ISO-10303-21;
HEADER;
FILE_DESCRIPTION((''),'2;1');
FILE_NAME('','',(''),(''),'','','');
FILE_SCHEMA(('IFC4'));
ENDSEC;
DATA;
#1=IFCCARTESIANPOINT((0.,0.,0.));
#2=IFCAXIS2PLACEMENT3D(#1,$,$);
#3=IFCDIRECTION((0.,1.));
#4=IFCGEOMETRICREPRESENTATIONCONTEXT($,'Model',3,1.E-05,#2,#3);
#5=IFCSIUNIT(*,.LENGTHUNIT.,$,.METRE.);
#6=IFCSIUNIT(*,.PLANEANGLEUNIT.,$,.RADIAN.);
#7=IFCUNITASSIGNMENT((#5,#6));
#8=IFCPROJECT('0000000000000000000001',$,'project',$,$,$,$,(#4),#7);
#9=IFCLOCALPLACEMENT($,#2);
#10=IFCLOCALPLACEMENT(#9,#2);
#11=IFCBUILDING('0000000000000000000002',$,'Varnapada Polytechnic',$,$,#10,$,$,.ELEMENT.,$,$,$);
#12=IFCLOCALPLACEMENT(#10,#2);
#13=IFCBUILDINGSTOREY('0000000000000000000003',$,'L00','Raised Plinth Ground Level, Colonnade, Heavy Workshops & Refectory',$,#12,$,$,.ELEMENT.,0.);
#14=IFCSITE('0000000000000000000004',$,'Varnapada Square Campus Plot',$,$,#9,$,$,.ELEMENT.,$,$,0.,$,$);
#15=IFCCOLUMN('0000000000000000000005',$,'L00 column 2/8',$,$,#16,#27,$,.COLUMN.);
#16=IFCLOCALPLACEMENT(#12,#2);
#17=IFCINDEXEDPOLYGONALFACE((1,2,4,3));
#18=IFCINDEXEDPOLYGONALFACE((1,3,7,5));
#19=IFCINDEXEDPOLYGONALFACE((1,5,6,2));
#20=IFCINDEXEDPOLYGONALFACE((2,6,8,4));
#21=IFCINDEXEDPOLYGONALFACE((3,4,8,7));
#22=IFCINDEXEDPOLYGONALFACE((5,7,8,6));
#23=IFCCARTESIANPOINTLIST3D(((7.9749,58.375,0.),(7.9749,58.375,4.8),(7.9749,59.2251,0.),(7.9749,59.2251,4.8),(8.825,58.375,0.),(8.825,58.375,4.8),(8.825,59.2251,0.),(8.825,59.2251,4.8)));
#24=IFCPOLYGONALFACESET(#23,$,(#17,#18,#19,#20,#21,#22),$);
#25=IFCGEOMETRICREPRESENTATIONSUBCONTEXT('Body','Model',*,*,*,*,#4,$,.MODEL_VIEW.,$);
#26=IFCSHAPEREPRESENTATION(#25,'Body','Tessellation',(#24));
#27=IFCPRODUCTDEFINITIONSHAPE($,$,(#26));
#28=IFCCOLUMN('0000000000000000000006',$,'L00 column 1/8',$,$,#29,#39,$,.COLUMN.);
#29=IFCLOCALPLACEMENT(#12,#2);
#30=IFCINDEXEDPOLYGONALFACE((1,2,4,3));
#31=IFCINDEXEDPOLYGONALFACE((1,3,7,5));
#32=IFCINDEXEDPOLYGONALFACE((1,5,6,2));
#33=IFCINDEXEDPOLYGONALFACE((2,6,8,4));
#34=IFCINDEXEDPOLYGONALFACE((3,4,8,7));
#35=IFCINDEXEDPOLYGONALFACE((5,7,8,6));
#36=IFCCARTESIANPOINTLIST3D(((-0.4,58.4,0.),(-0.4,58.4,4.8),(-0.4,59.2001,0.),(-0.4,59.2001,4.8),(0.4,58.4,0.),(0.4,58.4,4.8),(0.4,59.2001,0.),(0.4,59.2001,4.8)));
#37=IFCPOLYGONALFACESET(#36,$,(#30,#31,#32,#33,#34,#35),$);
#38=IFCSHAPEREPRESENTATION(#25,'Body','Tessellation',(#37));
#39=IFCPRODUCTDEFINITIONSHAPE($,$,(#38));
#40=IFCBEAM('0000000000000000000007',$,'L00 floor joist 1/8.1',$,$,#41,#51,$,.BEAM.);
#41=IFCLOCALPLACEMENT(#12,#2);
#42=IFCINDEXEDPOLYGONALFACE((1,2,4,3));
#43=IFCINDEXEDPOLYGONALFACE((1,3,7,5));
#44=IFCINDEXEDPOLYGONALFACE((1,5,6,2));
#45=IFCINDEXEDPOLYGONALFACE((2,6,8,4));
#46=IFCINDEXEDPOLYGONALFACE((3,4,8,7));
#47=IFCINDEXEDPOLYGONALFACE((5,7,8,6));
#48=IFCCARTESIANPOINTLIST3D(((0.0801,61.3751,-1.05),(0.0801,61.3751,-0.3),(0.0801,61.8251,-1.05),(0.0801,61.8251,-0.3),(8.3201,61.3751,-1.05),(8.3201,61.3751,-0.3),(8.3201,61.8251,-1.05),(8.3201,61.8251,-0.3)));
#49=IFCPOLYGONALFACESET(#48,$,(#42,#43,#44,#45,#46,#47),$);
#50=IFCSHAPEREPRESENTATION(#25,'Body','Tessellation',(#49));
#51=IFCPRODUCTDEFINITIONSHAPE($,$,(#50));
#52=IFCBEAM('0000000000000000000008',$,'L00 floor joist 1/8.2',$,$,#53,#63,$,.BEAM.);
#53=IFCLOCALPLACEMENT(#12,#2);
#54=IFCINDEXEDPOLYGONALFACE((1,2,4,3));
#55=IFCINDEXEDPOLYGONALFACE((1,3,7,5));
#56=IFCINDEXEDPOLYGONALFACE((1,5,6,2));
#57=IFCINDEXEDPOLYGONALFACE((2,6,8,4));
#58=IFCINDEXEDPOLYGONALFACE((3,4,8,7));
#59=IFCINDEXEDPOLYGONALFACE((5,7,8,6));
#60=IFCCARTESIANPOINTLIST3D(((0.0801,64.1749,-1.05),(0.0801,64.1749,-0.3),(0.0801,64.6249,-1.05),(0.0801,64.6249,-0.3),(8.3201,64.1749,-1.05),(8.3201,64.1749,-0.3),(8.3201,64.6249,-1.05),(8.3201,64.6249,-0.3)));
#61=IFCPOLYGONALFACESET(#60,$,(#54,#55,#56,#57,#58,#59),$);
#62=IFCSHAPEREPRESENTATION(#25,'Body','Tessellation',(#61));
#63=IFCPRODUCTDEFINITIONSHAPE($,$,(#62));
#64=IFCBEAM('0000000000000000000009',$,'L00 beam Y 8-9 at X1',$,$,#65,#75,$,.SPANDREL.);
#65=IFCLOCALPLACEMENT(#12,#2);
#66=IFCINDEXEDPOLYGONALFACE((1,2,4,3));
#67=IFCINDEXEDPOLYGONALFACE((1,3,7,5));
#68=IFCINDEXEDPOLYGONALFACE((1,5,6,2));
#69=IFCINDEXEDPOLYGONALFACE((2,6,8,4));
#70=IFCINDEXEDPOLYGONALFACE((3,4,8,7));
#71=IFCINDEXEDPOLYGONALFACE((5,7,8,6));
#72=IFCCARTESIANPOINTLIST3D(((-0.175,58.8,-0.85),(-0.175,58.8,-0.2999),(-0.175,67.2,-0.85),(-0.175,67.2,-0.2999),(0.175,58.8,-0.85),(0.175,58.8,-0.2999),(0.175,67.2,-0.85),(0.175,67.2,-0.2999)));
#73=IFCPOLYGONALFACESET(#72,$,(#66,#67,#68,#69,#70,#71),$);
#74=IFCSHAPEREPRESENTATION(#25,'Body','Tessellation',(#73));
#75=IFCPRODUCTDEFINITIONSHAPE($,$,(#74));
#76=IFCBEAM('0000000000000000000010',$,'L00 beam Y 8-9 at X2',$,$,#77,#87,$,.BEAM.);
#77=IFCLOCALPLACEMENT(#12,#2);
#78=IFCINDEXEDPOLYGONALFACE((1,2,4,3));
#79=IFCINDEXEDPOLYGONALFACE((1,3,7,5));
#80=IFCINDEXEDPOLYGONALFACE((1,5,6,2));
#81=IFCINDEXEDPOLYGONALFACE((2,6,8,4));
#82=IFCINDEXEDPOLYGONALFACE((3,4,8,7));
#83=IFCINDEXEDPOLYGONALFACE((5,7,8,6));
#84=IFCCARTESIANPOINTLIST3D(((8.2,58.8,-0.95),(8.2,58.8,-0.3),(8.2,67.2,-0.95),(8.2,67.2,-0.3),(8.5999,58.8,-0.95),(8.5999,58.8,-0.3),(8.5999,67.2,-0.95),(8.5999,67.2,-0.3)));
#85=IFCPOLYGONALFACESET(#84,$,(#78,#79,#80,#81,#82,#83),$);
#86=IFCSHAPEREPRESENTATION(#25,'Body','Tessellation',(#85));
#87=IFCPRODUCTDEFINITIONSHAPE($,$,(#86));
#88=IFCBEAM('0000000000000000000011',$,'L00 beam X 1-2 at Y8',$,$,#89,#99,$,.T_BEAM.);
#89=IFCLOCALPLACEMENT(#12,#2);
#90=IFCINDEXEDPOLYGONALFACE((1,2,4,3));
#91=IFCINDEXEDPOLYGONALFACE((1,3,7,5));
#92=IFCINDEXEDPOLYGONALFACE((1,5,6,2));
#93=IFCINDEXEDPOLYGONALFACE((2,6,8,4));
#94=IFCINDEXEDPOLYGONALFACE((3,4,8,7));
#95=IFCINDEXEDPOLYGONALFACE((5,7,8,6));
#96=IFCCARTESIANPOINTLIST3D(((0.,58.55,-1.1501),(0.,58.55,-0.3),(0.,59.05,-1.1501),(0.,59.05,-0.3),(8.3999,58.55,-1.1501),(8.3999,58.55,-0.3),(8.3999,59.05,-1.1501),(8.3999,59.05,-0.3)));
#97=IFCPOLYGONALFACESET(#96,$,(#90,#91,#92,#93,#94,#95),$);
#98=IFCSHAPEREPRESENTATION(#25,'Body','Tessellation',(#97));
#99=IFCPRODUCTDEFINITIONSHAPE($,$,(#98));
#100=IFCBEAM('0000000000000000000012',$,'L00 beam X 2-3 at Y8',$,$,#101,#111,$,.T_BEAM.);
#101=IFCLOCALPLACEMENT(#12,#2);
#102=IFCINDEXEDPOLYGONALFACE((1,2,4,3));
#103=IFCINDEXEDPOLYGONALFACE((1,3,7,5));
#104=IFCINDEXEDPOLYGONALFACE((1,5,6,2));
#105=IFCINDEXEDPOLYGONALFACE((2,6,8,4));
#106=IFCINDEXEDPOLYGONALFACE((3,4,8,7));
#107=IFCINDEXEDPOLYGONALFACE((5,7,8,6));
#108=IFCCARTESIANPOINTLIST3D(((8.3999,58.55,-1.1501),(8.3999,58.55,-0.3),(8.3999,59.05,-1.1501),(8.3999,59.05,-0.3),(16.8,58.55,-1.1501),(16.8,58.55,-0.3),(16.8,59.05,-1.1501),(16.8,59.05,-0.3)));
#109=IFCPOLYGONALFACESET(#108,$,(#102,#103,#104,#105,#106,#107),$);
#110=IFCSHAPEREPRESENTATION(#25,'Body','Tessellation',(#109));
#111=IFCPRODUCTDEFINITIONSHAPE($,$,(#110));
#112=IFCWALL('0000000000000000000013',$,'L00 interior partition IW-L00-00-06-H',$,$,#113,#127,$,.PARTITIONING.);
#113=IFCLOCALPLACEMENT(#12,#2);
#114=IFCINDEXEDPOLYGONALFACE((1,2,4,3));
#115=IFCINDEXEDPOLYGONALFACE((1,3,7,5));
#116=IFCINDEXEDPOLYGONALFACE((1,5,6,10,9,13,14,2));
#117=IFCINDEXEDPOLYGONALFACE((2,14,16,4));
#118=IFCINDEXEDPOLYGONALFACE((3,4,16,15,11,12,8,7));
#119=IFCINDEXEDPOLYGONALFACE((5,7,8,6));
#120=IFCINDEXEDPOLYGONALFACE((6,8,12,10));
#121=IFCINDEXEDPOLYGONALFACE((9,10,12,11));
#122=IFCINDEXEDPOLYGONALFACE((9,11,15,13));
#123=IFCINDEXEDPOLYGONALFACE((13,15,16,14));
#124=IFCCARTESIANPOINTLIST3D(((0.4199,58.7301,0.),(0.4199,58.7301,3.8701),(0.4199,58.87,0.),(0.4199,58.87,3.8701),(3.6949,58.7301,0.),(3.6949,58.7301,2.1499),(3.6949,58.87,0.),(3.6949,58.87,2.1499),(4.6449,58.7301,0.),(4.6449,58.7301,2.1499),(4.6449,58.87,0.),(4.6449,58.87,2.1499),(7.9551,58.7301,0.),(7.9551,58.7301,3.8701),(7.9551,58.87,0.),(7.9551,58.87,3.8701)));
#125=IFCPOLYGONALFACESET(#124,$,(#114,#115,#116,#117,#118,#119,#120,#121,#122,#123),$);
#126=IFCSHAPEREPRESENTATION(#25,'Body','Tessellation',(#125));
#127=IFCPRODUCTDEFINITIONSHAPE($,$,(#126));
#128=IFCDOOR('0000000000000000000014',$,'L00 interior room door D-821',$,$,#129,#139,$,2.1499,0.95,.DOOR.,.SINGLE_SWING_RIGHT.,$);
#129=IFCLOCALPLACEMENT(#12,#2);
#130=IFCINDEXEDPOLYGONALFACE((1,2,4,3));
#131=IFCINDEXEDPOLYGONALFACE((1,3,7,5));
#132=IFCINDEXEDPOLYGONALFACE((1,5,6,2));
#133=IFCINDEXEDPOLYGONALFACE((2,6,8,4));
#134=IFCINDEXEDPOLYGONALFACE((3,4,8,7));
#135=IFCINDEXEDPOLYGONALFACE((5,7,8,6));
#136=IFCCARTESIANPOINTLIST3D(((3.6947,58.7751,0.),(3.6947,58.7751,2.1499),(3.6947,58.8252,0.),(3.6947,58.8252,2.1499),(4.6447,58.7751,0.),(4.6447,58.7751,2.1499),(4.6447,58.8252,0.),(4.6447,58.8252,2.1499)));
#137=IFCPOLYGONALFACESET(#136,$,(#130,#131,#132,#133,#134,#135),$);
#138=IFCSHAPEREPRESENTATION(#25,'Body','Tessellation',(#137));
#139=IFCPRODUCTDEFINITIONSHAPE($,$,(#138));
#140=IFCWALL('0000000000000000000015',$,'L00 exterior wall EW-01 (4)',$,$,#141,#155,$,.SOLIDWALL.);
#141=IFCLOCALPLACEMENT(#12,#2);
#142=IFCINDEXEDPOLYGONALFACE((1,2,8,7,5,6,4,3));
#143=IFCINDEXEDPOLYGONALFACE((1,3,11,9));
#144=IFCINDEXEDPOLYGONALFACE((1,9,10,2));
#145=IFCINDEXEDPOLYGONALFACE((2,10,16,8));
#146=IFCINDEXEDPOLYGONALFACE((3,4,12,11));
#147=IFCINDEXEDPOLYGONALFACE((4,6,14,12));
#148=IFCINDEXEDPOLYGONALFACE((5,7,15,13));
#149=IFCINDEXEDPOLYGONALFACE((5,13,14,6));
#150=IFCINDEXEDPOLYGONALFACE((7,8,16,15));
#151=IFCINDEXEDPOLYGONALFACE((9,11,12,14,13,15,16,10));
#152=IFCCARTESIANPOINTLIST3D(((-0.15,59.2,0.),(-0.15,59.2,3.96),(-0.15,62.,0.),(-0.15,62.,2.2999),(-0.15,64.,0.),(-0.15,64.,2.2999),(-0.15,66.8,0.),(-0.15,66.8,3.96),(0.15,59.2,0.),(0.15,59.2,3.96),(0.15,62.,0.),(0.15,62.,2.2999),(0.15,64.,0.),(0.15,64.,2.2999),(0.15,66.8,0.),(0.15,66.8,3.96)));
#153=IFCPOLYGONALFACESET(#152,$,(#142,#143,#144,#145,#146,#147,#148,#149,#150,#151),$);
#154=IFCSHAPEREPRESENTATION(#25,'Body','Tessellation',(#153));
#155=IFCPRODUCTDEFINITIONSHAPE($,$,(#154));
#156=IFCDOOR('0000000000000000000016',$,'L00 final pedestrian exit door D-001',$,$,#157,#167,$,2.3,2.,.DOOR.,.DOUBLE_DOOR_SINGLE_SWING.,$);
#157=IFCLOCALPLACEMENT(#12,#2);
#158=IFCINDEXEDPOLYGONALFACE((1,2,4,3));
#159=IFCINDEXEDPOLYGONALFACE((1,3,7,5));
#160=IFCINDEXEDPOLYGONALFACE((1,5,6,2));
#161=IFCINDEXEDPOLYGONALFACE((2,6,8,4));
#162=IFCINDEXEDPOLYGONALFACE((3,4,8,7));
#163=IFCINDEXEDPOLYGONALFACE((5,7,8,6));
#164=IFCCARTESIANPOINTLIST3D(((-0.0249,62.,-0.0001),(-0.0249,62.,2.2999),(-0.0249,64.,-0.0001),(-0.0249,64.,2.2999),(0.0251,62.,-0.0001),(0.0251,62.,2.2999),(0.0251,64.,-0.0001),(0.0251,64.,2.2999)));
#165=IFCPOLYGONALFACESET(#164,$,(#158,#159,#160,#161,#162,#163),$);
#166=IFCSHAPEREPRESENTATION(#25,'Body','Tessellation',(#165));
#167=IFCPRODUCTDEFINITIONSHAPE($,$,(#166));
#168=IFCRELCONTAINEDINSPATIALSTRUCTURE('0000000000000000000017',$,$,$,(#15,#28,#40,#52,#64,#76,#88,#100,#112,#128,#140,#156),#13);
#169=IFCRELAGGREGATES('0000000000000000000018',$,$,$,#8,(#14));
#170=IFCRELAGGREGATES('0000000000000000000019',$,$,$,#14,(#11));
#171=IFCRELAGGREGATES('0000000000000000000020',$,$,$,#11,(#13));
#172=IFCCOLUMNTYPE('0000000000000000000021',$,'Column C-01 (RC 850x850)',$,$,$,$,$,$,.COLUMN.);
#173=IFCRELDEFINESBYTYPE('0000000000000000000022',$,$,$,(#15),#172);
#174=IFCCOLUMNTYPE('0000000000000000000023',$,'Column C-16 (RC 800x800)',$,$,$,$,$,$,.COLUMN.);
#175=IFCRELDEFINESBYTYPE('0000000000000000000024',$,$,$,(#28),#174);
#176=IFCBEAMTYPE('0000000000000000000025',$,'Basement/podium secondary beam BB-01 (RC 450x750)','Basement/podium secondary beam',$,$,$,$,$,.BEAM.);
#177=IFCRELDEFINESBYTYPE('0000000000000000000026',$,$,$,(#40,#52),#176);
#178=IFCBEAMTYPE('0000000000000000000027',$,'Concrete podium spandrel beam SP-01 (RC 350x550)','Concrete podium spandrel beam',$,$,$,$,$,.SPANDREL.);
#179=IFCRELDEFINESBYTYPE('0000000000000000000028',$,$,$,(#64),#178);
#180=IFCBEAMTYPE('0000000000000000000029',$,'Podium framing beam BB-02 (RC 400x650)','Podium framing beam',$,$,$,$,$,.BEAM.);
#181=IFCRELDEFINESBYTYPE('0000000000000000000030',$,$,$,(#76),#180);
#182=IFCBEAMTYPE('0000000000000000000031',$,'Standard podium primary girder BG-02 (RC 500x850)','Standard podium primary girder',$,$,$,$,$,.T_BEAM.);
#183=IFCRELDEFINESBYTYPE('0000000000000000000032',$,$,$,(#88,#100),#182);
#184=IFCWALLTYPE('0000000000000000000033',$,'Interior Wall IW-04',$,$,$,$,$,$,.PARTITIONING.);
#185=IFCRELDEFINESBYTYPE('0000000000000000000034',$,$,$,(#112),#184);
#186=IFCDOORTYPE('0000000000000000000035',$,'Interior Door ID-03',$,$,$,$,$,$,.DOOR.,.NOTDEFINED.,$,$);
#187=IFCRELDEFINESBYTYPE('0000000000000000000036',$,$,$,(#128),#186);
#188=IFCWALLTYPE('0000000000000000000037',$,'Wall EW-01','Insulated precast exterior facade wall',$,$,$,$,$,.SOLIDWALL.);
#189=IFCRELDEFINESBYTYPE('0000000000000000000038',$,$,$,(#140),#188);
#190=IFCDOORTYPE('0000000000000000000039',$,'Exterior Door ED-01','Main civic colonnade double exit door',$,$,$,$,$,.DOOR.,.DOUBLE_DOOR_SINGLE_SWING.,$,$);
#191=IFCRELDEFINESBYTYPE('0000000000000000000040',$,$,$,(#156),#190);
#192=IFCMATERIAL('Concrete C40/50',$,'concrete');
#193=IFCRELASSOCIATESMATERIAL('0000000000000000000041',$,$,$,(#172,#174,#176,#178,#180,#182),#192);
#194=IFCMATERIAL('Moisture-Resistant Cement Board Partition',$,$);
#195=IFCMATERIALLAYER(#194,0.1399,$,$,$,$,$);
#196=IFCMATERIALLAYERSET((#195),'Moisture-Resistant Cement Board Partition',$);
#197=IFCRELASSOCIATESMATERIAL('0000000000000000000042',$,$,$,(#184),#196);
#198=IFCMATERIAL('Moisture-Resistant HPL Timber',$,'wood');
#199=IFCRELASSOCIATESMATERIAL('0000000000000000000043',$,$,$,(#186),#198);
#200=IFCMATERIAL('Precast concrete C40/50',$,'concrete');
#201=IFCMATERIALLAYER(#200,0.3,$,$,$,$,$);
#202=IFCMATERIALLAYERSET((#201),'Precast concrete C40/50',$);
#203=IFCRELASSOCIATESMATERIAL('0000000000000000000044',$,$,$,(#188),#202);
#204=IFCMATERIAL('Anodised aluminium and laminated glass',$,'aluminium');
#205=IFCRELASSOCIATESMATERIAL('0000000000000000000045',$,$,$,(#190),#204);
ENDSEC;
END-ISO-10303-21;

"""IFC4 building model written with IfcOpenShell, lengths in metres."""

from ifc_helpers import new_model, si_unit, direction, frame, frame_2d, origin, origin_2d, place, context, subcontext, project, spatial, rectangle, extrude, material, layer, layer_set, material_profile, profile_set, type_object, element, fill, save


model = new_model("IFC4")

# Units and contexts
model_context = context("Model", 3, precision=1e-05, world=origin(), true_north=direction((0.0, 1.0)))
body_context = subcontext(model_context, "Body", "Model", "MODEL_VIEW")
ifc_project = project(units=[si_unit("LENGTHUNIT", "METRE"), si_unit("PLANEANGLEUNIT", "RADIAN")], contexts=[model_context])

# Site, building, storey
site_placement = place(None, origin())
site = spatial("IfcSite", under=ifc_project, at=site_placement, Name="Varnapada Square Campus Plot", CompositionType="ELEMENT", RefElevation=0.0)
building_placement = place(site_placement, origin())
building = spatial("IfcBuilding", under=site, at=building_placement, Name="Varnapada Polytechnic", CompositionType="ELEMENT")
storey_placement = place(building_placement, origin())
storey = spatial("IfcBuildingStorey", under=building, at=storey_placement, Name="L00", Description="Raised Plinth Ground Level, Colonnade, Heavy Workshops & Refectory", CompositionType="ELEMENT", Elevation=0.0)

# Columns
ifc_material_1 = material(Name="Concrete C40/50", Category="concrete")
ifc_material_profile_1 = material_profile(ifc_material_1, rectangle(XDim=0.8501, YDim=0.8501, at=origin_2d()), Name="RC 850x850")
ifc_profile_set_1 = profile_set([ifc_material_profile_1], Name="Concrete C40/50")
column_type_1 = type_object("IfcColumnType", Name="Column C-01 (RC 850x850)", PredefinedType="COLUMN", material=ifc_profile_set_1)
column_1_placement = place(storey_placement, frame((8.3999, 58.8, 0.0), z_axis=(0.0, 0.0, 1.0), x_axis=(1.0, 0.0, 0.0)))
element("IfcColumn", 1, at=column_1_placement, inside=storey, type_object=column_type_1, Name="L00 column 2/8", PredefinedType="COLUMN", context=body_context, shape_type="SweptSolid", body=[
    extrude(rectangle(XDim=0.8501, YDim=0.8501, at=origin_2d()), origin(), (0.0, 0.0, 1.0), 4.8),
])
ifc_material_profile_2 = material_profile(ifc_material_1, rectangle(XDim=0.8, YDim=0.8, at=origin_2d()), Name="RC 800x800")
ifc_profile_set_2 = profile_set([ifc_material_profile_2], Name="Concrete C40/50")
column_type_2 = type_object("IfcColumnType", Name="Column C-16 (RC 800x800)", PredefinedType="COLUMN", material=ifc_profile_set_2)
column_2_placement = place(storey_placement, frame((0.0, 58.8, 0.0), z_axis=(0.0, 0.0, 1.0), x_axis=(1.0, 0.0, 0.0)))
element("IfcColumn", 2, at=column_2_placement, inside=storey, type_object=column_type_2, Name="L00 column 1/8", PredefinedType="COLUMN", context=body_context, shape_type="SweptSolid", body=[
    extrude(rectangle(XDim=0.8, YDim=0.8, at=origin_2d()), origin(), (0.0, 0.0, 1.0), 4.8),
])

# Beams
ifc_material_profile_3 = material_profile(ifc_material_1, rectangle(XDim=0.45, YDim=0.75, at=origin_2d()), Name="RC 450x750")
ifc_profile_set_3 = profile_set([ifc_material_profile_3], Name="Concrete C40/50")
beam_type_1 = type_object("IfcBeamType", Name="Basement/podium secondary beam BB-01 (RC 450x750)", Description="Basement/podium secondary beam", PredefinedType="BEAM", material=ifc_profile_set_3)
for number, where, z_axis, x_axis, name in (
    (3, (0.0801, 61.6001, -0.675), (1.0, 0.0, 0.0), (0.0, 1.0, 0.0), "L00 floor joist 1/8.1"),
    (4, (0.0801, 64.3999, -0.675), (1.0, 0.0, 0.0), (0.0, 1.0, 0.0), "L00 floor joist 1/8.2"),
):
    element("IfcBeam", number, at=place(storey_placement, frame(where, z_axis=z_axis, x_axis=x_axis)), inside=storey, type_object=beam_type_1, Name=name, PredefinedType="BEAM", context=body_context, shape_type="SweptSolid", body=[
        extrude(rectangle(XDim=0.45, YDim=0.75, at=origin_2d()), origin(), (0.0, 0.0, 1.0), 8.24),
    ])
ifc_material_profile_4 = material_profile(ifc_material_1, rectangle(XDim=0.3501, YDim=0.55, at=origin_2d()), Name="RC 350x550")
ifc_profile_set_4 = profile_set([ifc_material_profile_4], Name="Concrete C40/50")
beam_type_2 = type_object("IfcBeamType", Name="Concrete podium spandrel beam SP-01 (RC 350x550)", Description="Concrete podium spandrel beam", PredefinedType="SPANDREL", material=ifc_profile_set_4)
beam_1_placement = place(storey_placement, frame((0.0, 58.8, -0.575), z_axis=(0.0, 1.0, 0.0), x_axis=(-1.0, 0.0, 0.0)))
element("IfcBeam", 5, at=beam_1_placement, inside=storey, type_object=beam_type_2, Name="L00 beam Y 8-9 at X1", PredefinedType="SPANDREL", context=body_context, shape_type="SweptSolid", body=[
    extrude(rectangle(XDim=0.3501, YDim=0.55, at=origin_2d()), origin(), (0.0, 0.0, 1.0), 8.3999),
])
ifc_material_profile_5 = material_profile(ifc_material_1, rectangle(XDim=0.3999, YDim=0.6499, at=origin_2d()), Name="RC 400x650")
ifc_profile_set_5 = profile_set([ifc_material_profile_5], Name="Concrete C40/50")
beam_type_3 = type_object("IfcBeamType", Name="Podium framing beam BB-02 (RC 400x650)", Description="Podium framing beam", PredefinedType="BEAM", material=ifc_profile_set_5)
beam_2_placement = place(storey_placement, frame((8.3999, 58.8, -0.625), z_axis=(0.0, 1.0, 0.0), x_axis=(-1.0, 0.0, 0.0)))
element("IfcBeam", 6, at=beam_2_placement, inside=storey, type_object=beam_type_3, Name="L00 beam Y 8-9 at X2", PredefinedType="BEAM", context=body_context, shape_type="SweptSolid", body=[
    extrude(rectangle(XDim=0.3999, YDim=0.6499, at=origin_2d()), origin(), (0.0, 0.0, 1.0), 8.3999),
])
ifc_material_profile_6 = material_profile(ifc_material_1, rectangle(XDim=0.5, YDim=0.8501, at=origin_2d()), Name="RC 500x850")
ifc_profile_set_6 = profile_set([ifc_material_profile_6], Name="Concrete C40/50")
beam_type_4 = type_object("IfcBeamType", Name="Standard podium primary girder BG-02 (RC 500x850)", Description="Standard podium primary girder", PredefinedType="T_BEAM", material=ifc_profile_set_6)
beam_3_placement = place(storey_placement, frame((0.0, 58.8, -0.7251), z_axis=(1.0, 0.0, 0.0), x_axis=(0.0, 1.0, 0.0)))
element("IfcBeam", 7, at=beam_3_placement, inside=storey, type_object=beam_type_4, Name="L00 beam X 1-2 at Y8", PredefinedType="T_BEAM", context=body_context, shape_type="SweptSolid", body=[
    extrude(rectangle(XDim=0.5, YDim=0.8501, at=origin_2d()), origin(), (0.0, 0.0, 1.0), 8.3999),
])
beam_4_placement = place(storey_placement, frame((8.3999, 58.8, -0.7251), z_axis=(1.0, 0.0, 0.0), x_axis=(0.0, 1.0, 0.0)))
element("IfcBeam", 8, at=beam_4_placement, inside=storey, type_object=beam_type_4, Name="L00 beam X 2-3 at Y8", PredefinedType="T_BEAM", context=body_context, shape_type="SweptSolid", body=[
    extrude(rectangle(XDim=0.5, YDim=0.8501, at=origin_2d()), origin(), (0.0, 0.0, 1.0), 8.4001),
])

# Walls, openings, doors
ifc_material_2 = material(Name="Moisture-Resistant Cement Board Partition")
ifc_layer_1 = layer(ifc_material_2, 0.1399)
ifc_layer_set_1 = layer_set([ifc_layer_1], Name="Moisture-Resistant Cement Board Partition")
wall_type_1 = type_object("IfcWallType", Name="Interior Wall IW-04", PredefinedType="PARTITIONING", material=ifc_layer_set_1)
wall_1_placement = place(storey_placement, frame((0.4199, 58.8, 0.0), z_axis=(0.0, 0.0, 1.0), x_axis=(1.0, 0.0, 0.0)))
wall_1 = element("IfcWall", 9, at=wall_1_placement, inside=storey, type_object=wall_type_1, Name="L00 interior partition IW-L00-00-06-H", PredefinedType="PARTITIONING", context=body_context, shape_type="SweptSolid", body=[
    extrude(rectangle(XDim=7.5352, YDim=0.1399, at=frame_2d((3.7676, 0.0))), origin(), (0.0, 0.0, 1.0), 3.8701),
])
opening_1_placement = place(wall_1_placement, frame((3.2749, 0.0, 0.0)))
opening_1 = element("IfcOpeningElement", 10, at=opening_1_placement, cuts=wall_1, PredefinedType="OPENING", context=body_context, shape_type="SweptSolid", body=[
    extrude(rectangle(XDim=0.95, YDim=2.1499, at=frame_2d((0.4751, 1.075))), frame((0.0, 0.0798, 0.0), z_axis=(0.0, -1.0, 0.0), x_axis=(1.0, 0.0, 0.0)), (0.0, 0.0, 1.0), 0.1599),
])
ifc_material_3 = material(Name="Moisture-Resistant HPL Timber", Category="wood")
door_type_1 = type_object("IfcDoorType", Name="Interior Door ID-03", OperationType="NOTDEFINED", PredefinedType="DOOR", material=ifc_material_3)
door_1_placement = place(opening_1_placement, frame((0.95, 0.0, 0.0), z_axis=(0.0, 0.0, 1.0), x_axis=(-1.0, 0.0, 0.0)))
door_1 = element("IfcDoor", 11, at=door_1_placement, inside=storey, type_object=door_type_1, Name="L00 interior room door D-821", OperationType="SINGLE_SWING_RIGHT", OverallHeight=2.1499, OverallWidth=0.95, PredefinedType="DOOR", context=body_context, shape_type="SweptSolid", body=[
    extrude(rectangle(XDim=0.95, YDim=2.1499, at=frame_2d((0.4751, 1.075))), frame((0.0, 0.0249, 0.0), z_axis=(0.0, -1.0, 0.0), x_axis=(1.0, 0.0, 0.0)), (0.0, 0.0, 1.0), 0.05),
])
fill(opening_1, door_1)
ifc_material_4 = material(Name="Precast concrete C40/50", Category="concrete")
ifc_layer_2 = layer(ifc_material_4, 0.3)
ifc_layer_set_2 = layer_set([ifc_layer_2], Name="Precast concrete C40/50")
wall_type_2 = type_object("IfcWallType", Name="Wall EW-01", Description="Insulated precast exterior facade wall", PredefinedType="SOLIDWALL", material=ifc_layer_set_2)
wall_2_placement = place(storey_placement, frame((0.0, 59.2, 0.0), z_axis=(0.0, 0.0, 1.0), x_axis=(0.0, 1.0, 0.0)))
wall_2 = element("IfcWall", 12, at=wall_2_placement, inside=storey, type_object=wall_type_2, Name="L00 exterior wall EW-01 (4)", PredefinedType="SOLIDWALL", context=body_context, shape_type="SweptSolid", body=[
    extrude(rectangle(XDim=7.6001, YDim=0.3, at=frame_2d((3.8, 0.0))), origin(), (0.0, 0.0, 1.0), 3.96),
])
opening_2_placement = place(wall_2_placement, frame((2.8, 0.0, 0.0)))
opening_2 = element("IfcOpeningElement", 13, at=opening_2_placement, cuts=wall_2, PredefinedType="OPENING", context=body_context, shape_type="SweptSolid", body=[
    extrude(rectangle(XDim=2.0, YDim=2.3, at=frame_2d((1.0, 1.1499))), frame((0.0, 0.1599, 0.0), z_axis=(0.0, -1.0, 0.0), x_axis=(1.0, 0.0, 0.0)), (0.0, 0.0, 1.0), 0.3201),
])
ifc_material_5 = material(Name="Anodised aluminium and laminated glass", Category="aluminium")
door_type_2 = type_object("IfcDoorType", Name="Exterior Door ED-01", Description="Main civic colonnade double exit door", OperationType="DOUBLE_DOOR_SINGLE_SWING", PredefinedType="DOOR", material=ifc_material_5)
door_2_placement = place(opening_2_placement, origin())
door_2 = element("IfcDoor", 14, at=door_2_placement, inside=storey, type_object=door_type_2, Name="L00 final pedestrian exit door D-001", OperationType="DOUBLE_DOOR_SINGLE_SWING", OverallHeight=2.3, OverallWidth=2.0, PredefinedType="DOOR", context=body_context, shape_type="SweptSolid", body=[
    extrude(rectangle(XDim=2.0, YDim=2.3, at=frame_2d((1.0, 1.1499))), frame((0.0, 0.0249, 0.0), z_axis=(0.0, -1.0, 0.0), x_axis=(1.0, 0.0, 0.0)), (0.0, 0.0, 1.0), 0.05),
])
fill(opening_2, door_2)

save(model, "model.ifc")
